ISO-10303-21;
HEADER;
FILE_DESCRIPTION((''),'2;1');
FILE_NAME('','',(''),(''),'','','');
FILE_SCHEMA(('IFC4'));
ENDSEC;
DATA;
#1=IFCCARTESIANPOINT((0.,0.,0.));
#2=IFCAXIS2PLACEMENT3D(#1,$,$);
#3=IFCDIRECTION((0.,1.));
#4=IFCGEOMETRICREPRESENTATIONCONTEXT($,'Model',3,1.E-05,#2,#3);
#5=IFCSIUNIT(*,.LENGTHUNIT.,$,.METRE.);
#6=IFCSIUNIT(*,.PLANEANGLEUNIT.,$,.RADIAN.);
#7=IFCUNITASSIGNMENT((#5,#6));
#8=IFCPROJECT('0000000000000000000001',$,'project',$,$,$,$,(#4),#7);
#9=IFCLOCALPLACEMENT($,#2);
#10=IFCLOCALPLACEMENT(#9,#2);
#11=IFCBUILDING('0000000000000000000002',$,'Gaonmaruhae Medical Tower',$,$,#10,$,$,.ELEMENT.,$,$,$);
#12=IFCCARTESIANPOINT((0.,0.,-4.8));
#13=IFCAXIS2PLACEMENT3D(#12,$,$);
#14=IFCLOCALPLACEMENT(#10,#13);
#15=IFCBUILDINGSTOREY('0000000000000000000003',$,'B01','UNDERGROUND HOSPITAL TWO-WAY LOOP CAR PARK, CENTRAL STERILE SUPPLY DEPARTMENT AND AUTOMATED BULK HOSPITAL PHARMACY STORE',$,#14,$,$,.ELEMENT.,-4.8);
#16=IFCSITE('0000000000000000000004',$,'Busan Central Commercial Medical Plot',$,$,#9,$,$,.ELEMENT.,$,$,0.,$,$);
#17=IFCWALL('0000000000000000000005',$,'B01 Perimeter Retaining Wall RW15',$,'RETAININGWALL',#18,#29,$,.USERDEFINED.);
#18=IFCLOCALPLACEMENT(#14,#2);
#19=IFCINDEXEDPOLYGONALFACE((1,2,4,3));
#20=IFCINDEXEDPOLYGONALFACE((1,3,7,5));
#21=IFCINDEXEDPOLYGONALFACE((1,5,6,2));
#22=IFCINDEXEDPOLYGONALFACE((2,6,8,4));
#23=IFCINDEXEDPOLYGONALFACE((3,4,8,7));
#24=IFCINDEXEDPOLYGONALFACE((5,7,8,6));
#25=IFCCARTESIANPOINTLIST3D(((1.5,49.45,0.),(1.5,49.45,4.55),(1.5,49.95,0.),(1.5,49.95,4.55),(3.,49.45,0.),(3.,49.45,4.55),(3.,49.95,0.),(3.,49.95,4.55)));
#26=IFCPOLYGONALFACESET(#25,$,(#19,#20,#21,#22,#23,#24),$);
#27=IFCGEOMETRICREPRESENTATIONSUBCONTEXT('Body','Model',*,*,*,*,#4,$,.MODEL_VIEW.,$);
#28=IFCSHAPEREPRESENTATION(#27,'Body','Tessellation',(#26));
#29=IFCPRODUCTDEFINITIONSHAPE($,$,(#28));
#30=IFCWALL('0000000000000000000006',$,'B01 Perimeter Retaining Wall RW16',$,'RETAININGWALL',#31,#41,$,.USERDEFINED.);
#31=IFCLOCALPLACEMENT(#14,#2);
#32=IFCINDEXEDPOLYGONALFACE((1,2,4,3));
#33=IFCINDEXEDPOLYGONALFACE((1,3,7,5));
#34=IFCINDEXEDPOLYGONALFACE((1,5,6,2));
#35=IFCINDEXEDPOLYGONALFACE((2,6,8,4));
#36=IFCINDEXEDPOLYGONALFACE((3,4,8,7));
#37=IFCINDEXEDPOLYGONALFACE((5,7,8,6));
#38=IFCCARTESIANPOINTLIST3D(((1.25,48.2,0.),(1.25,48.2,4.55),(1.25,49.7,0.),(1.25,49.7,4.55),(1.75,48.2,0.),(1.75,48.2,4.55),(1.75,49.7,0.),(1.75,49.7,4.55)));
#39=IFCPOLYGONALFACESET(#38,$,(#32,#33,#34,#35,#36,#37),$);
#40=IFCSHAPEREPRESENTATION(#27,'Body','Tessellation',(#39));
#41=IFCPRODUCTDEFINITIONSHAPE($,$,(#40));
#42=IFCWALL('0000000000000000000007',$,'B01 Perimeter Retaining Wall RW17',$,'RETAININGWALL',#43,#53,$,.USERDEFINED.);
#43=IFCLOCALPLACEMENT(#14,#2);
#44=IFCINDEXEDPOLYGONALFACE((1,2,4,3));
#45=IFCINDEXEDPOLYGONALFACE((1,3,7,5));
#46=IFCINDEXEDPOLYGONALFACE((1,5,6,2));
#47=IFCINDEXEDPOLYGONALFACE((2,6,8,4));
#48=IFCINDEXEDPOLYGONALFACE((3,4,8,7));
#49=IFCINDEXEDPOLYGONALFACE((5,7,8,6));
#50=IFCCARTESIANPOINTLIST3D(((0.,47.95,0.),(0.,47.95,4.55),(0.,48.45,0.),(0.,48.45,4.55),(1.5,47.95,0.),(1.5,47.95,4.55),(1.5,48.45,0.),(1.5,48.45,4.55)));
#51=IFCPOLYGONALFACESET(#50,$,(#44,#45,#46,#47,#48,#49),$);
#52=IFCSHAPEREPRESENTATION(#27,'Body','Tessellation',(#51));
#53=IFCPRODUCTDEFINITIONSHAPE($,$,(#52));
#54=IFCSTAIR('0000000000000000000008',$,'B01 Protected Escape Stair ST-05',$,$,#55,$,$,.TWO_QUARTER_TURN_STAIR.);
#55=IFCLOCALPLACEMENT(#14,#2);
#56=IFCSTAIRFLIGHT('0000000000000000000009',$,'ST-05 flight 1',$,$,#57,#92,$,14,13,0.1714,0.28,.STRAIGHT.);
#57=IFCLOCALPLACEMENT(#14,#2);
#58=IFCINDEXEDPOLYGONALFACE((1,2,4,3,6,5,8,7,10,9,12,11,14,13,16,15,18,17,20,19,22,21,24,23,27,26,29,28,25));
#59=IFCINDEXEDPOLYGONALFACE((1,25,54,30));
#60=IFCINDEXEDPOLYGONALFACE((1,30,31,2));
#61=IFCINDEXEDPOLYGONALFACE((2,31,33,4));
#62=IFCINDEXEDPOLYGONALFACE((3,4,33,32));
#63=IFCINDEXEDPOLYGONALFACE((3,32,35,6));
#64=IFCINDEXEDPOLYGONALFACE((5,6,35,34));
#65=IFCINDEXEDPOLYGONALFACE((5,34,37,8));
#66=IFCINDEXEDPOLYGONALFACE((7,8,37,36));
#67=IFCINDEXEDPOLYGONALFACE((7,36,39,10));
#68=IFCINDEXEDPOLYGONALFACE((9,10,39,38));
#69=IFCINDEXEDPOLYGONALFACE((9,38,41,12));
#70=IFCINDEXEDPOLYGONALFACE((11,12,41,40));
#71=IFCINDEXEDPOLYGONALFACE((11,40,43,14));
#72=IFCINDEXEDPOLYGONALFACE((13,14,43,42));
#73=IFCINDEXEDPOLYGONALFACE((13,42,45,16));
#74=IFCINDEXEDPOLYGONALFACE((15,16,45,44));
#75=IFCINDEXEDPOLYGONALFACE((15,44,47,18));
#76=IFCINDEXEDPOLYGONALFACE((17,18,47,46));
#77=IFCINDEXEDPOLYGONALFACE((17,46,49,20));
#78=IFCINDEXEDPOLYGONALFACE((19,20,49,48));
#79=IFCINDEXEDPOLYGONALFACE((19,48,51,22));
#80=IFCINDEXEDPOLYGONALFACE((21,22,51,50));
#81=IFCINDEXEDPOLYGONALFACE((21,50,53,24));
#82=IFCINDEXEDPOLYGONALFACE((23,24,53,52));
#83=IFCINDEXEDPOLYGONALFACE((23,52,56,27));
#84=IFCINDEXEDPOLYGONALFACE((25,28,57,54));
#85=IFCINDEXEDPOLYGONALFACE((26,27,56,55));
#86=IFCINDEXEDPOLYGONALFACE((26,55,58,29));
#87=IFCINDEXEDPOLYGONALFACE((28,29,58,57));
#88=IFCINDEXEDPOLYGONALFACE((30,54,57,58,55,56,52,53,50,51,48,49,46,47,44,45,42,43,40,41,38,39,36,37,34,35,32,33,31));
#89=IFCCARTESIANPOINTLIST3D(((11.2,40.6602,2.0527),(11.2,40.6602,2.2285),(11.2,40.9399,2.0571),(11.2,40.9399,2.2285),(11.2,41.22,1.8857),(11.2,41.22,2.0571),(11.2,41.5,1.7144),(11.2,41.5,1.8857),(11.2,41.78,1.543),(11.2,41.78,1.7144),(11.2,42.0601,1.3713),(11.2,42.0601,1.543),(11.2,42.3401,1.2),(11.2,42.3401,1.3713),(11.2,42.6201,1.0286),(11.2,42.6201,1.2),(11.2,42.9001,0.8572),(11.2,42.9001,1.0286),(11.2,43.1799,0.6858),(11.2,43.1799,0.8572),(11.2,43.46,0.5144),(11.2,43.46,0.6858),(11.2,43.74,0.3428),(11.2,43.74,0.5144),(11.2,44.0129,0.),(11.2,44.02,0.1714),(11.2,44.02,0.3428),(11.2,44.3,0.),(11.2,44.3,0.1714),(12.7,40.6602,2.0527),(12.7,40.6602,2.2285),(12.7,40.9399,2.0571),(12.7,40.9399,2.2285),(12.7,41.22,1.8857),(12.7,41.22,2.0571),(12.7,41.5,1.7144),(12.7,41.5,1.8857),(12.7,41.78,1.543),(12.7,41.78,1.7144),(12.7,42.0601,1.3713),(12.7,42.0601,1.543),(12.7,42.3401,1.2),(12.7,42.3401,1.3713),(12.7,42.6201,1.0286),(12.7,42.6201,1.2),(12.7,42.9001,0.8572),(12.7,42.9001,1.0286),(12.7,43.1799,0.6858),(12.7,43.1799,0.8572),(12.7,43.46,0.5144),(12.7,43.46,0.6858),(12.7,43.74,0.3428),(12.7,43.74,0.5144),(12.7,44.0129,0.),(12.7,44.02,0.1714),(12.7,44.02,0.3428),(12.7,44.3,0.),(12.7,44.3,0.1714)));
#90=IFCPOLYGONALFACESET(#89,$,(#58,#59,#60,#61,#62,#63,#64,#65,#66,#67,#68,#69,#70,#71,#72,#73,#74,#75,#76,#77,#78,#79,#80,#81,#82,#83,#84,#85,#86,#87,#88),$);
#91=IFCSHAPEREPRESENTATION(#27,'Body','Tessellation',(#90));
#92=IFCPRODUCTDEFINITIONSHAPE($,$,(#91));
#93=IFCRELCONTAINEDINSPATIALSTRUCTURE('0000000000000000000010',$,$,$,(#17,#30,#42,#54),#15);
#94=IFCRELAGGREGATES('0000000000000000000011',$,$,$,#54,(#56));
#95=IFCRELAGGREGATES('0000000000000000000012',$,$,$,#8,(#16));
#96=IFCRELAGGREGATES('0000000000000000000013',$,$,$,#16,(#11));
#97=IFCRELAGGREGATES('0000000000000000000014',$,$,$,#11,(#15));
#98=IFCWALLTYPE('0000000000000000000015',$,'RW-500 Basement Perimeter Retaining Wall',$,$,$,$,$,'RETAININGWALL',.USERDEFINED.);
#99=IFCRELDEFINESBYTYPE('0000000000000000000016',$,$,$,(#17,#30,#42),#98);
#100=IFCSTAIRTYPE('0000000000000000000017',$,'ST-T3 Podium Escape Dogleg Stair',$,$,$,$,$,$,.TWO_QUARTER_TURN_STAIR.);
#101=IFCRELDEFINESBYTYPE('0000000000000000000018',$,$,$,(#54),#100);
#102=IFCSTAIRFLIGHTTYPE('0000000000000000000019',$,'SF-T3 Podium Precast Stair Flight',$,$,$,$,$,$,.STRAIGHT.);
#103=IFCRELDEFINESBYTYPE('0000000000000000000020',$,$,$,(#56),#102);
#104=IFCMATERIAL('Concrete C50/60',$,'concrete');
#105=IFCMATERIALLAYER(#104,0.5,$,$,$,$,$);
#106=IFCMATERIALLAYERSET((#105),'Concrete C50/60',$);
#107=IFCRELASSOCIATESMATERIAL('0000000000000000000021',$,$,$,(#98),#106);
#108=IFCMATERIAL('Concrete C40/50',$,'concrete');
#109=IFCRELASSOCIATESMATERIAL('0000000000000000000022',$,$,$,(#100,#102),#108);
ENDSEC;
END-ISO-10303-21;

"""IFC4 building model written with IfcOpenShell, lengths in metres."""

from ifc_helpers import new_model, si_unit, direction, frame, frame_2d, origin, place, context, subcontext, project, spatial, polyline, rectangle, outline, extrude, material, layer, layer_set, type_object, element, aggregate, save


model = new_model("IFC4")

# Units and contexts
model_context = context("Model", 3, precision=1e-05, world=origin(), true_north=direction((0.0, 1.0)))
body_context = subcontext(model_context, "Body", "Model", "MODEL_VIEW")
ifc_project = project(units=[si_unit("LENGTHUNIT", "METRE"), si_unit("PLANEANGLEUNIT", "RADIAN")], contexts=[model_context])

# Site, building, storey
site_placement = place(None, origin())
site = spatial("IfcSite", under=ifc_project, at=site_placement, Name="Busan Central Commercial Medical Plot", CompositionType="ELEMENT", RefElevation=0.0)
building_placement = place(site_placement, origin())
building = spatial("IfcBuilding", under=site, at=building_placement, Name="Gaonmaruhae Medical Tower", CompositionType="ELEMENT")
storey_placement = place(building_placement, frame((0.0, 0.0, -4.8)))
storey = spatial("IfcBuildingStorey", under=building, at=storey_placement, Name="B01", Description="UNDERGROUND HOSPITAL TWO-WAY LOOP CAR PARK, CENTRAL STERILE SUPPLY DEPARTMENT AND AUTOMATED BULK HOSPITAL PHARMACY STORE", CompositionType="ELEMENT", Elevation=-4.8)

# Shared definitions
ifc_material_1 = material(Name="Concrete C50/60", Category="concrete")

# Walls
ifc_layer_1 = layer(ifc_material_1, 0.5)
ifc_layer_set_1 = layer_set([ifc_layer_1], Name="Concrete C50/60")
wall_type_1 = type_object("IfcWallType", Name="RW-500 Basement Perimeter Retaining Wall", ElementType="RETAININGWALL", PredefinedType="USERDEFINED", material=ifc_layer_set_1)
for number, where, z_axis, x_axis, name in (
    (1, (1.5, 49.7, 0.0), (0.0, 0.0, 1.0), (1.0, 0.0, 0.0), "B01 Perimeter Retaining Wall RW15"),
    (2, (1.5, 48.2, 0.0), (0.0, 0.0, 1.0), (0.0, 1.0, 0.0), "B01 Perimeter Retaining Wall RW16"),
    (3, (0.0, 48.2, 0.0), (0.0, 0.0, 1.0), (1.0, 0.0, 0.0), "B01 Perimeter Retaining Wall RW17"),
):
    element("IfcWall", number, at=place(storey_placement, frame(where, z_axis=z_axis, x_axis=x_axis)), inside=storey, type_object=wall_type_1, Name=name, ObjectType="RETAININGWALL", PredefinedType="USERDEFINED", context=body_context, shape_type="SweptSolid", body=[
        extrude(rectangle(XDim=1.5, YDim=0.5, at=frame_2d((0.75, 0.0))), origin(), (0.0, 0.0, 1.0), 4.55),
    ])

# Stair, stair flight
ifc_material_2 = material(Name="Concrete C40/50", Category="concrete")
stair_type = type_object("IfcStairType", Name="ST-T3 Podium Escape Dogleg Stair", PredefinedType="TWO_QUARTER_TURN_STAIR", material=ifc_material_2)
stair_placement = place(storey_placement, origin())
stair = element("IfcStair", 4, at=stair_placement, inside=storey, type_object=stair_type, Name="B01 Protected Escape Stair ST-05", PredefinedType="TWO_QUARTER_TURN_STAIR")
stair_flight_type = type_object("IfcStairFlightType", Name="SF-T3 Podium Precast Stair Flight", PredefinedType="STRAIGHT", material=ifc_material_2)
stair_flight_placement = place(storey_placement, frame((11.95, 44.3, 0.0), z_axis=(0.0, 0.0, 1.0), x_axis=(0.0, -1.0, 0.0)))
stair_flight = element("IfcStairFlight", 5, at=stair_flight_placement, type_object=stair_flight_type, Name="ST-05 flight 1", NumberOfRisers=14, NumberOfTreads=13, PredefinedType="STRAIGHT", RiserHeight=0.1714, TreadLength=0.28, context=body_context, shape_type="SweptSolid", body=[
    extrude(outline(polyline([(0.0, 0.0), (0.0, 0.1714), (0.28, 0.1714), (0.28, 0.3428), (0.5601, 0.3428), (0.5601, 0.5144), (0.8401, 0.5144), (0.8401, 0.6858), (1.1201, 0.6858), (1.1201, 0.8572), (1.3999, 0.8572), (1.3999, 1.0286), (1.6799, 1.0286), (1.6799, 1.2), (1.96, 1.2), (1.96, 1.3713), (2.24, 1.3713), (2.24, 1.543), (2.52, 1.543), (2.52, 1.7144), (2.8, 1.7144), (2.8, 1.8857), (3.0801, 1.8857), (3.0801, 2.0571), (3.3601, 2.0571), (3.3601, 2.2285), (3.6399, 2.2285), (3.6399, 2.3999), (3.6399, 2.0527), (0.2871, 0.0), (0.0, 0.0)])), frame((0.0, 0.75, 0.0), z_axis=(0.0, -1.0, 0.0), x_axis=(1.0, 0.0, 0.0)), (0.0, 0.0, 1.0), 1.5),
])
aggregate(stair, [stair_flight])

save(model, "model.ifc")
